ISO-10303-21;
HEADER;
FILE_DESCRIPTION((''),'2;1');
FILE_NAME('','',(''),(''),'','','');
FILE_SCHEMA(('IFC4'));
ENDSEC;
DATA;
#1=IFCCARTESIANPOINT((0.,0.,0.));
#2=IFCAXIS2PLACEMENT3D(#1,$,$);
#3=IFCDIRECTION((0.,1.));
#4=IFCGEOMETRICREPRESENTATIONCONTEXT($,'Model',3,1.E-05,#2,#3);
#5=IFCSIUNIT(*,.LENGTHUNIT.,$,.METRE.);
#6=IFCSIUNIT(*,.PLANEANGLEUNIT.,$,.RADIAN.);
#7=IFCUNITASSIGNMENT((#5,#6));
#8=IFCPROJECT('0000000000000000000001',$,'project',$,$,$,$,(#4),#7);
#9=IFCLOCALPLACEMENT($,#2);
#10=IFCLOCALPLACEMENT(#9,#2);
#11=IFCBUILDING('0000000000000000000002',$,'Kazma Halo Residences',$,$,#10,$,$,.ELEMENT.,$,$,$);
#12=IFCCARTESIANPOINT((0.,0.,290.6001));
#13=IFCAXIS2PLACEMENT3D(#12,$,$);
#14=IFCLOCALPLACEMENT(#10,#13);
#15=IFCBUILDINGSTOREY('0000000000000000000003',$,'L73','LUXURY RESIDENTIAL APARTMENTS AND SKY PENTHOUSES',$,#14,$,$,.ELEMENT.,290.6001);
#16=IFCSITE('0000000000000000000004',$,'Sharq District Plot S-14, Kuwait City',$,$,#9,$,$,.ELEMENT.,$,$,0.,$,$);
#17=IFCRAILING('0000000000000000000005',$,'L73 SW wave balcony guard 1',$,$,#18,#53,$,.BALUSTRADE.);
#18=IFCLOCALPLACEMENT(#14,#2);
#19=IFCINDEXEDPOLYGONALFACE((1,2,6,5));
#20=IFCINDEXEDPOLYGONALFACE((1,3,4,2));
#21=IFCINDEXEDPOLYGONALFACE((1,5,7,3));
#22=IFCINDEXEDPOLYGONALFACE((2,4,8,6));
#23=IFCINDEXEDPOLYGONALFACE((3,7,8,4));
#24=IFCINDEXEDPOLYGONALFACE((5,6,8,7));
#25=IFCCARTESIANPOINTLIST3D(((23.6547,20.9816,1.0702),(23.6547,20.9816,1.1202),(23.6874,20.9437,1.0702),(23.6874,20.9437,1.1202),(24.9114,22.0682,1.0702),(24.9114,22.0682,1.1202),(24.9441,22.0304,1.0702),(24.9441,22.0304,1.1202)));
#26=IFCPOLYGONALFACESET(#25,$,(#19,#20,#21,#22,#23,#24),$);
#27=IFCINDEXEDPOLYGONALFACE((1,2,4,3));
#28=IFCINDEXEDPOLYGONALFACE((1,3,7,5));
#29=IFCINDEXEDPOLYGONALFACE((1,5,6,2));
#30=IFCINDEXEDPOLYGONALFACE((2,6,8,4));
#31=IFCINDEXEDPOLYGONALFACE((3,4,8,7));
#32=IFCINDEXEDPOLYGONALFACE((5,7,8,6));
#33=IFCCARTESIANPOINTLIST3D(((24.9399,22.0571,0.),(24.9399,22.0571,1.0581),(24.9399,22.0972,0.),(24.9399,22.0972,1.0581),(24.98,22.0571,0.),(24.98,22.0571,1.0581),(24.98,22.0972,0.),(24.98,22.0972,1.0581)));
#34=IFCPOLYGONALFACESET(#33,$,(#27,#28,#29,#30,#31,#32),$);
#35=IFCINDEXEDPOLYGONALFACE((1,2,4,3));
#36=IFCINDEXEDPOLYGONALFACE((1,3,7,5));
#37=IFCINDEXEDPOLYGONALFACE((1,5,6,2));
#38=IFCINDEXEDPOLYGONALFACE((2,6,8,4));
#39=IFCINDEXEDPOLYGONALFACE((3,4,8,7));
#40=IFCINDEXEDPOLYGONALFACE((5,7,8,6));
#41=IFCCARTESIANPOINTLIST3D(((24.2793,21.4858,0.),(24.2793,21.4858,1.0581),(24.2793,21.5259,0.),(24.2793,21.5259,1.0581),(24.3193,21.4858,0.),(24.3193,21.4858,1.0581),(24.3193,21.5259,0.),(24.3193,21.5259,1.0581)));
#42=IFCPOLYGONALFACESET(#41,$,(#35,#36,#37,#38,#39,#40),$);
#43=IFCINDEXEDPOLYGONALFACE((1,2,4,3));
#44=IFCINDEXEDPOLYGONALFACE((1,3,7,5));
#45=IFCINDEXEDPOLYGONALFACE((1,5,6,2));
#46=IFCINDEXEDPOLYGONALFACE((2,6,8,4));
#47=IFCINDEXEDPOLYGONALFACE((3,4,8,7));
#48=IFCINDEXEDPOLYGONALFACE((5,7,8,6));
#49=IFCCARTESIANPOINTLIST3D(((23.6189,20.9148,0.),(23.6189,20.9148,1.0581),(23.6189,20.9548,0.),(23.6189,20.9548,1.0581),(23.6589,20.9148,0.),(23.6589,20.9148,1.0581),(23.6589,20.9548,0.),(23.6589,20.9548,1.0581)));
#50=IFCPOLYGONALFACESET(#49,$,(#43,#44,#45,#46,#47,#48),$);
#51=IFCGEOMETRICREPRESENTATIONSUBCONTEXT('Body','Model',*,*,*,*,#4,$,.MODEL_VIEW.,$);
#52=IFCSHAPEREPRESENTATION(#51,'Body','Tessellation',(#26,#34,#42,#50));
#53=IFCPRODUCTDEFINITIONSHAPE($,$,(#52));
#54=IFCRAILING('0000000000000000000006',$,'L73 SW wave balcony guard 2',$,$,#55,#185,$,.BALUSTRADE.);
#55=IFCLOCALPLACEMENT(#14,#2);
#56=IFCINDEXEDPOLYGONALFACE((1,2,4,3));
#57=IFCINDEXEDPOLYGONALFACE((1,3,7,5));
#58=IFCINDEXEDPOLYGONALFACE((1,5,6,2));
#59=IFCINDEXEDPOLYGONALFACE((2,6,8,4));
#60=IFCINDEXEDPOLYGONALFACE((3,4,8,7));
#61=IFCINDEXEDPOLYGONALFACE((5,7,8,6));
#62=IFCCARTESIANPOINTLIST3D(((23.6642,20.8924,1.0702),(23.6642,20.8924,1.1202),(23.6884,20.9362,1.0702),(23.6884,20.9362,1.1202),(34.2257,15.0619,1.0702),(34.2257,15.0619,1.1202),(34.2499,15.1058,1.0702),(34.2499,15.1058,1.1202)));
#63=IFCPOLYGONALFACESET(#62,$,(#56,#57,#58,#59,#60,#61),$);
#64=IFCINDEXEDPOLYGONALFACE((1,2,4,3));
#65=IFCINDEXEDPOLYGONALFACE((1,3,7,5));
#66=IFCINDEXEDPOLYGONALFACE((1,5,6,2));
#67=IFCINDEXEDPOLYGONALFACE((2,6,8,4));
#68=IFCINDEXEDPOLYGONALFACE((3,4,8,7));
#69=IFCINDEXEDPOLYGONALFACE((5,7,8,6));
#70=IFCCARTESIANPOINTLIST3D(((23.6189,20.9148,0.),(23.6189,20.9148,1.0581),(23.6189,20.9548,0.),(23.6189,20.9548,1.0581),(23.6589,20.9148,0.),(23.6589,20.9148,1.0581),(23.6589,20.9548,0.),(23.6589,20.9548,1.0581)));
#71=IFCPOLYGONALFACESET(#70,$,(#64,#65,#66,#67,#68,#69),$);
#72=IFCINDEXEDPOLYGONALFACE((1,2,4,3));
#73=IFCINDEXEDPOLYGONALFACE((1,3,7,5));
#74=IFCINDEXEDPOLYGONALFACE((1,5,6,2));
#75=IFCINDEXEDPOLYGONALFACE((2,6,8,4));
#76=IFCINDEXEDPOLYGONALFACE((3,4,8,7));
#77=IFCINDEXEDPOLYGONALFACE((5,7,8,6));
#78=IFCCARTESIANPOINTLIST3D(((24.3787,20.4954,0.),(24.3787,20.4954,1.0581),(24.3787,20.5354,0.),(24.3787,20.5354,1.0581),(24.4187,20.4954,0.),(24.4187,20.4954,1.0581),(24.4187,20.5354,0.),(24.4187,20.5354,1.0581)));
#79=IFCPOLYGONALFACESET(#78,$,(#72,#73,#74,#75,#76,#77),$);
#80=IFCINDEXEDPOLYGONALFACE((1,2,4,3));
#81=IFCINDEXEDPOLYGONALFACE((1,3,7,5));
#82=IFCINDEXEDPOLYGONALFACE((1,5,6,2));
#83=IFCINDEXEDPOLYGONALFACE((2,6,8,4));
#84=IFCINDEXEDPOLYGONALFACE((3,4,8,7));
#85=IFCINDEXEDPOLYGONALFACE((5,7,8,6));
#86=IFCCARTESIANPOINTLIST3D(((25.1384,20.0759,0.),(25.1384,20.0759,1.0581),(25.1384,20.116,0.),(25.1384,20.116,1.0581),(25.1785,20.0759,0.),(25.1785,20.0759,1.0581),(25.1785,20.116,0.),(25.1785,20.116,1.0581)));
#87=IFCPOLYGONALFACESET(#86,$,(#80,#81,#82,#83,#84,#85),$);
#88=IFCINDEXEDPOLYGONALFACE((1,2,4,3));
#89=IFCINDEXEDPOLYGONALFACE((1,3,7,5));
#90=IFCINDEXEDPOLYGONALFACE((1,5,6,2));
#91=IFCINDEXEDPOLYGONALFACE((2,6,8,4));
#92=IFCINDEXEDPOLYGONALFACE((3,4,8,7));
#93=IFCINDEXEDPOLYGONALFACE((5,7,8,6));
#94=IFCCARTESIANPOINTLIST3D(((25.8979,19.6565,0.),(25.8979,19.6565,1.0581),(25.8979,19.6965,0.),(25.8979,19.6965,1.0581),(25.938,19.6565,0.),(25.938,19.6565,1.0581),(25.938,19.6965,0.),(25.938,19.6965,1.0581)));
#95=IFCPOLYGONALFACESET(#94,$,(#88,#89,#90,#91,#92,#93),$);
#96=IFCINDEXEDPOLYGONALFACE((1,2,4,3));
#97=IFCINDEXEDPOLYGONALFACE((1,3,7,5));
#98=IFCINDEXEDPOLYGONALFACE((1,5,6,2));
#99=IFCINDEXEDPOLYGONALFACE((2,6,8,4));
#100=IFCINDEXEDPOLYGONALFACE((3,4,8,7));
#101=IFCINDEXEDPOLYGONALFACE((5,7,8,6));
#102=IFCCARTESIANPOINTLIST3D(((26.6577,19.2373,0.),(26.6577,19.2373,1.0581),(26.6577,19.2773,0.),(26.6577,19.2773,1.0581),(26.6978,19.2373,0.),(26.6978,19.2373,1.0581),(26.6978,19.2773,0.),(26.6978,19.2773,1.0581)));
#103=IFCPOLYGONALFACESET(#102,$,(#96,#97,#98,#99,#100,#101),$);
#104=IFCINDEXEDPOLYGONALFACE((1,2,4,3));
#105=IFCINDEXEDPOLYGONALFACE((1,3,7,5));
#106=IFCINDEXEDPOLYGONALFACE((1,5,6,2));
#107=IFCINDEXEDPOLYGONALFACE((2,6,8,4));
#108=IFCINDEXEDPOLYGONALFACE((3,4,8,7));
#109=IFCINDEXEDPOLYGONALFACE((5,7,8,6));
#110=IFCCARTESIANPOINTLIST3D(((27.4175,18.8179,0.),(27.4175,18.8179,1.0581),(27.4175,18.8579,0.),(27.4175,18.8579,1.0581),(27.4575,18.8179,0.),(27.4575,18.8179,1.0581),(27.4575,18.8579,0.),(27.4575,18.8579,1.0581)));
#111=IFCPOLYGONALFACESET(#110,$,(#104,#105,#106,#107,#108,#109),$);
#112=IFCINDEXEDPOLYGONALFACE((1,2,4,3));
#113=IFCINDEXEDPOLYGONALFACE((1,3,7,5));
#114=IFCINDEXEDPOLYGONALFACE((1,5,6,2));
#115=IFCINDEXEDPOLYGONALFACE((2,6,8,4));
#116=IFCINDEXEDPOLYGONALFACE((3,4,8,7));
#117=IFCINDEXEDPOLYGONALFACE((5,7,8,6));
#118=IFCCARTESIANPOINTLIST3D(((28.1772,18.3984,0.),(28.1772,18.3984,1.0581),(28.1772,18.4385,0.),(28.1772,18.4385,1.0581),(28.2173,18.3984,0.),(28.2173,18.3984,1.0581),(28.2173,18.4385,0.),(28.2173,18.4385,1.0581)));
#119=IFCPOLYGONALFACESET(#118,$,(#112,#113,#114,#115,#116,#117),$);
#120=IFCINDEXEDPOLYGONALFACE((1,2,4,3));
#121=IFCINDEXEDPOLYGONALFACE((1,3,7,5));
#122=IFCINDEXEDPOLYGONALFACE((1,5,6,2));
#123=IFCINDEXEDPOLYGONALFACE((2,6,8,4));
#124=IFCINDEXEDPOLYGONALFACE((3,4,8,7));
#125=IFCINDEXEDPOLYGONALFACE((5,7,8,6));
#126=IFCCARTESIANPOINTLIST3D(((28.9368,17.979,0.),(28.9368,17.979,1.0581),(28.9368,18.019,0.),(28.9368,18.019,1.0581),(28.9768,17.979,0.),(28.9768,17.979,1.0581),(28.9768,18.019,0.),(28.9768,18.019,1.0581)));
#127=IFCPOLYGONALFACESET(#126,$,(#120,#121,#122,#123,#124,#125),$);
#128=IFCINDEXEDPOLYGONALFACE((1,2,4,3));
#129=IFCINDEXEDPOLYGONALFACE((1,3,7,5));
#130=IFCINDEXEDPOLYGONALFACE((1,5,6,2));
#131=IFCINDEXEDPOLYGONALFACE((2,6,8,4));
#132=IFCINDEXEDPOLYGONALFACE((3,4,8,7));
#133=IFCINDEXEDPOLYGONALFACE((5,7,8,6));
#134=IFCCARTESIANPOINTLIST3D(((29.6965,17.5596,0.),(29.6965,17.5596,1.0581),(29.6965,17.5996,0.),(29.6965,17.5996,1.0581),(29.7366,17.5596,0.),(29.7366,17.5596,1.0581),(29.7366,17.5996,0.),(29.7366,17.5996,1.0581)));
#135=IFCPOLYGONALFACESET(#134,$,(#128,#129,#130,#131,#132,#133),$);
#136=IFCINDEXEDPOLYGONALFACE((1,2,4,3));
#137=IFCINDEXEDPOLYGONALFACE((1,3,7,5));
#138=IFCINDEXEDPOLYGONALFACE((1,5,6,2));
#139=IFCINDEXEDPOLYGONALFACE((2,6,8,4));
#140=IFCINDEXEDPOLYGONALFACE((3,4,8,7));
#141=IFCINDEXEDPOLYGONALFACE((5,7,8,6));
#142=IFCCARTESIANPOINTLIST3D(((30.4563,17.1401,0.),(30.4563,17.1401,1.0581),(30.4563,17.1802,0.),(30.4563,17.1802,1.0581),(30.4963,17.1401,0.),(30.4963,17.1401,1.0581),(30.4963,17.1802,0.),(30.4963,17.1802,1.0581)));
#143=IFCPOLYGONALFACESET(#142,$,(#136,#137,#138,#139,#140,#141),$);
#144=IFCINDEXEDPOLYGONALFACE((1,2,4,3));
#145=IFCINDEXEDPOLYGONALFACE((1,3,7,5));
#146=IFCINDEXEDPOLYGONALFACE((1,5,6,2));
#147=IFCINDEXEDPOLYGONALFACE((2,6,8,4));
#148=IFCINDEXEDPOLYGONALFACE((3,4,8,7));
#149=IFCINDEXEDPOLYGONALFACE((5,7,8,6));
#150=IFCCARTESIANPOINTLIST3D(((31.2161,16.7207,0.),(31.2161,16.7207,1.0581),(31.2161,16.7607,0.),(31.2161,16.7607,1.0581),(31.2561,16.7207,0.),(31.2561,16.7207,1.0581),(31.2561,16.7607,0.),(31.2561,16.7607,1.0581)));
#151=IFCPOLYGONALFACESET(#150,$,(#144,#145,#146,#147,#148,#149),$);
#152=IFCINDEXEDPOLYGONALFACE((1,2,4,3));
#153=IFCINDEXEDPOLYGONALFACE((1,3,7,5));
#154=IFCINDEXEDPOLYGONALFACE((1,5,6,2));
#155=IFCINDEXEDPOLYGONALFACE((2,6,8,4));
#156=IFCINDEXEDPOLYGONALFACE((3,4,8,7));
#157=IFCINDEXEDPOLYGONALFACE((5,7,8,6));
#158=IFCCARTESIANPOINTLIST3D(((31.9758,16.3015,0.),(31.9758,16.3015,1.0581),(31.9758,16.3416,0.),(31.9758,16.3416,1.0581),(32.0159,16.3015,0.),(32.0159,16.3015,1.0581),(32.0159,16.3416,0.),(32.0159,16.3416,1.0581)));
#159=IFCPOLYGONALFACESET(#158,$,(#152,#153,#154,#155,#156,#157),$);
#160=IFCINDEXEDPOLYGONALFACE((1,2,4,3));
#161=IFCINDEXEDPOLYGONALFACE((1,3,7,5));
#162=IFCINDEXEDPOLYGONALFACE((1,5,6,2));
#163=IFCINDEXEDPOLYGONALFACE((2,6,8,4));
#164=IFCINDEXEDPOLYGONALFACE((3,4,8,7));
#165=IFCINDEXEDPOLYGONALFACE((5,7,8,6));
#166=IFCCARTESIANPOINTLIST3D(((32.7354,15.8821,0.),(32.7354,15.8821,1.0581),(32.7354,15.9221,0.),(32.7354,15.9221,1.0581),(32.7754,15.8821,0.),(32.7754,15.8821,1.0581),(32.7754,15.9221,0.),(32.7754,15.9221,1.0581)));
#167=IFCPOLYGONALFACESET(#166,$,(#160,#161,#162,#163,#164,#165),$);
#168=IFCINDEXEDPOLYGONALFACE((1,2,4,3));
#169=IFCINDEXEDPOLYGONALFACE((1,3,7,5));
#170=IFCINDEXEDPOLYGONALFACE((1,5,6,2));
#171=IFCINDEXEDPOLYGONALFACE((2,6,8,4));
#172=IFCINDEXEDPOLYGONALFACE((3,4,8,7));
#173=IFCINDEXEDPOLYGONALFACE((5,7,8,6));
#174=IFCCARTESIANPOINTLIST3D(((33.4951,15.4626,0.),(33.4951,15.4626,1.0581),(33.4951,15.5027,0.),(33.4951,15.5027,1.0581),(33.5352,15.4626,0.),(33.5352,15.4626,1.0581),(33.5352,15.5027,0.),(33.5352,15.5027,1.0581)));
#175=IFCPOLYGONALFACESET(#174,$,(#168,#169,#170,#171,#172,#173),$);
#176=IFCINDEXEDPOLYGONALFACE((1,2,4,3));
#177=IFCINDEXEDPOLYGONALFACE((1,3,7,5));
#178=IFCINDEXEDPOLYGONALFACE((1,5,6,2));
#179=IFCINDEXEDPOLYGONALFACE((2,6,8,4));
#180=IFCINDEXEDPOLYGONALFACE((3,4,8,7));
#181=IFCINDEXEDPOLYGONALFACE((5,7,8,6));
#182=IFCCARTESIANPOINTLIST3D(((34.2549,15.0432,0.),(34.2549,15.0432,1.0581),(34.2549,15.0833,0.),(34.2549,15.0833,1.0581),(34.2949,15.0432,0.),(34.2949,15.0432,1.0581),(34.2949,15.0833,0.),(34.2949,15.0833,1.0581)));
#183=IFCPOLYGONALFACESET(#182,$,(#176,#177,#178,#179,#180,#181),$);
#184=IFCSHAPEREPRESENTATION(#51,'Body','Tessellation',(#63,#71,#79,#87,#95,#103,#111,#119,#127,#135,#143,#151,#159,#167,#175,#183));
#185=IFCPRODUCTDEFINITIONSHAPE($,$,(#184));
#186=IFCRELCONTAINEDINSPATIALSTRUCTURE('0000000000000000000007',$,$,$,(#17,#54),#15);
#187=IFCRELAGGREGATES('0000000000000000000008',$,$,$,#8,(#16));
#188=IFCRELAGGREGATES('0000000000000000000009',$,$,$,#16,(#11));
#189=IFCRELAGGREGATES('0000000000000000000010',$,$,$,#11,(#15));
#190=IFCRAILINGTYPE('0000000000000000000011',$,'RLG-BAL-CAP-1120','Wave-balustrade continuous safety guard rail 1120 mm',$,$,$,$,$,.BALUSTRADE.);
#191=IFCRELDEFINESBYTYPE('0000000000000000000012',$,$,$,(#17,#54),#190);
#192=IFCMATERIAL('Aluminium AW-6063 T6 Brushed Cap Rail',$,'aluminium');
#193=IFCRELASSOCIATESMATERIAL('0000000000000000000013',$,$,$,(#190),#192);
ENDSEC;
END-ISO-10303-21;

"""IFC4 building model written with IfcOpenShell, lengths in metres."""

from ifc_helpers import new_model, si_unit, direction, frame, origin, origin_2d, place, context, subcontext, project, spatial, rectangle, extrude, material, type_object, element, save


model = new_model("IFC4")

# Units and contexts
model_context = context("Model", 3, precision=1e-05, world=origin(), true_north=direction((0.0, 1.0)))
body_context = subcontext(model_context, "Body", "Model", "MODEL_VIEW")
ifc_project = project(units=[si_unit("LENGTHUNIT", "METRE"), si_unit("PLANEANGLEUNIT", "RADIAN")], contexts=[model_context])

# Site, building, storey
site_placement = place(None, origin())
site = spatial("IfcSite", under=ifc_project, at=site_placement, Name="Sharq District Plot S-14, Kuwait City", CompositionType="ELEMENT", RefElevation=0.0)
building_placement = place(site_placement, origin())
building = spatial("IfcBuilding", under=site, at=building_placement, Name="Kazma Halo Residences", CompositionType="ELEMENT")
storey_placement = place(building_placement, frame((0.0, 0.0, 290.6001)))
storey = spatial("IfcBuildingStorey", under=building, at=storey_placement, Name="L73", Description="LUXURY RESIDENTIAL APARTMENTS AND SKY PENTHOUSES", CompositionType="ELEMENT", Elevation=290.6001)

# Railings
ifc_material_1 = material(Name="Aluminium AW-6063 T6 Brushed Cap Rail", Category="aluminium")
railing_type = type_object("IfcRailingType", Name="RLG-BAL-CAP-1120", Description="Wave-balustrade continuous safety guard rail 1120 mm", PredefinedType="BALUSTRADE", material=ifc_material_1)
railing_1_placement = place(storey_placement, frame((24.96, 22.0771, 0.0)))
element("IfcRailing", 1, at=railing_1_placement, inside=storey, type_object=railing_type, Name="L73 SW wave balcony guard 1", PredefinedType="BALUSTRADE", context=body_context, shape_type="SweptSolid", body=[
    extrude(rectangle(XDim=0.05, YDim=0.05, at=origin_2d()), frame((-0.0322, -0.0278, 1.0952), z_axis=(-0.756417, -0.654089, 0.0), x_axis=(0.654089, -0.756417, 0.0)), (0.0, 0.0, 1.0), 1.6614),
    extrude(rectangle(XDim=0.04, YDim=0.04, at=origin_2d()), origin(), (0.0, 0.0, 1.0), 1.0581),
    extrude(rectangle(XDim=0.04, YDim=0.04, at=origin_2d()), frame((-0.6606, -0.5713, 0.0)), (0.0, 0.0, 1.0), 1.0581),
    extrude(rectangle(XDim=0.04, YDim=0.04, at=origin_2d()), frame((-1.321, -1.1423, 0.0)), (0.0, 0.0, 1.0), 1.0581),
])
railing_2_placement = place(storey_placement, frame((23.6389, 20.9348, 0.0)))
element("IfcRailing", 2, at=railing_2_placement, inside=storey, type_object=railing_type, Name="L73 SW wave balcony guard 2", PredefinedType="BALUSTRADE", context=body_context, shape_type="SweptSolid", body=[
    extrude(rectangle(XDim=0.05, YDim=0.05, at=origin_2d()), frame((0.0374, -0.0205, 1.0952), z_axis=(0.875457, -0.483295, 0.0), x_axis=(0.483295, 0.875457, 0.0)), (0.0, 0.0, 1.0), 12.064),
    extrude(rectangle(XDim=0.04, YDim=0.04, at=origin_2d()), origin(), (0.0, 0.0, 1.0), 1.0581),
    extrude(rectangle(XDim=0.04, YDim=0.04, at=origin_2d()), frame((0.7598, -0.4194, 0.0)), (0.0, 0.0, 1.0), 1.0581),
    extrude(rectangle(XDim=0.04, YDim=0.04, at=origin_2d()), frame((1.5195, -0.8389, 0.0)), (0.0, 0.0, 1.0), 1.0581),
    extrude(rectangle(XDim=0.04, YDim=0.04, at=origin_2d()), frame((2.2791, -1.2583, 0.0)), (0.0, 0.0, 1.0), 1.0581),
    extrude(rectangle(XDim=0.04, YDim=0.04, at=origin_2d()), frame((3.0388, -1.6775, 0.0)), (0.0, 0.0, 1.0), 1.0581),
    extrude(rectangle(XDim=0.04, YDim=0.04, at=origin_2d()), frame((3.7986, -2.0969, 0.0)), (0.0, 0.0, 1.0), 1.0581),
    extrude(rectangle(XDim=0.04, YDim=0.04, at=origin_2d()), frame((4.5583, -2.5164, 0.0)), (0.0, 0.0, 1.0), 1.0581),
    extrude(rectangle(XDim=0.04, YDim=0.04, at=origin_2d()), frame((5.3179, -2.9358, 0.0)), (0.0, 0.0, 1.0), 1.0581),
    extrude(rectangle(XDim=0.04, YDim=0.04, at=origin_2d()), frame((6.0776, -3.3552, 0.0)), (0.0, 0.0, 1.0), 1.0581),
    extrude(rectangle(XDim=0.04, YDim=0.04, at=origin_2d()), frame((6.8374, -3.7747, 0.0)), (0.0, 0.0, 1.0), 1.0581),
    extrude(rectangle(XDim=0.04, YDim=0.04, at=origin_2d()), frame((7.5972, -4.1941, 0.0)), (0.0, 0.0, 1.0), 1.0581),
    extrude(rectangle(XDim=0.04, YDim=0.04, at=origin_2d()), frame((8.3569, -4.6133, 0.0)), (0.0, 0.0, 1.0), 1.0581),
    extrude(rectangle(XDim=0.04, YDim=0.04, at=origin_2d()), frame((9.1165, -5.0327, 0.0)), (0.0, 0.0, 1.0), 1.0581),
    extrude(rectangle(XDim=0.04, YDim=0.04, at=origin_2d()), frame((9.8762, -5.4521, 0.0)), (0.0, 0.0, 1.0), 1.0581),
    extrude(rectangle(XDim=0.04, YDim=0.04, at=origin_2d()), frame((10.636, -5.8716, 0.0)), (0.0, 0.0, 1.0), 1.0581),
])

save(model, "model.ifc")
